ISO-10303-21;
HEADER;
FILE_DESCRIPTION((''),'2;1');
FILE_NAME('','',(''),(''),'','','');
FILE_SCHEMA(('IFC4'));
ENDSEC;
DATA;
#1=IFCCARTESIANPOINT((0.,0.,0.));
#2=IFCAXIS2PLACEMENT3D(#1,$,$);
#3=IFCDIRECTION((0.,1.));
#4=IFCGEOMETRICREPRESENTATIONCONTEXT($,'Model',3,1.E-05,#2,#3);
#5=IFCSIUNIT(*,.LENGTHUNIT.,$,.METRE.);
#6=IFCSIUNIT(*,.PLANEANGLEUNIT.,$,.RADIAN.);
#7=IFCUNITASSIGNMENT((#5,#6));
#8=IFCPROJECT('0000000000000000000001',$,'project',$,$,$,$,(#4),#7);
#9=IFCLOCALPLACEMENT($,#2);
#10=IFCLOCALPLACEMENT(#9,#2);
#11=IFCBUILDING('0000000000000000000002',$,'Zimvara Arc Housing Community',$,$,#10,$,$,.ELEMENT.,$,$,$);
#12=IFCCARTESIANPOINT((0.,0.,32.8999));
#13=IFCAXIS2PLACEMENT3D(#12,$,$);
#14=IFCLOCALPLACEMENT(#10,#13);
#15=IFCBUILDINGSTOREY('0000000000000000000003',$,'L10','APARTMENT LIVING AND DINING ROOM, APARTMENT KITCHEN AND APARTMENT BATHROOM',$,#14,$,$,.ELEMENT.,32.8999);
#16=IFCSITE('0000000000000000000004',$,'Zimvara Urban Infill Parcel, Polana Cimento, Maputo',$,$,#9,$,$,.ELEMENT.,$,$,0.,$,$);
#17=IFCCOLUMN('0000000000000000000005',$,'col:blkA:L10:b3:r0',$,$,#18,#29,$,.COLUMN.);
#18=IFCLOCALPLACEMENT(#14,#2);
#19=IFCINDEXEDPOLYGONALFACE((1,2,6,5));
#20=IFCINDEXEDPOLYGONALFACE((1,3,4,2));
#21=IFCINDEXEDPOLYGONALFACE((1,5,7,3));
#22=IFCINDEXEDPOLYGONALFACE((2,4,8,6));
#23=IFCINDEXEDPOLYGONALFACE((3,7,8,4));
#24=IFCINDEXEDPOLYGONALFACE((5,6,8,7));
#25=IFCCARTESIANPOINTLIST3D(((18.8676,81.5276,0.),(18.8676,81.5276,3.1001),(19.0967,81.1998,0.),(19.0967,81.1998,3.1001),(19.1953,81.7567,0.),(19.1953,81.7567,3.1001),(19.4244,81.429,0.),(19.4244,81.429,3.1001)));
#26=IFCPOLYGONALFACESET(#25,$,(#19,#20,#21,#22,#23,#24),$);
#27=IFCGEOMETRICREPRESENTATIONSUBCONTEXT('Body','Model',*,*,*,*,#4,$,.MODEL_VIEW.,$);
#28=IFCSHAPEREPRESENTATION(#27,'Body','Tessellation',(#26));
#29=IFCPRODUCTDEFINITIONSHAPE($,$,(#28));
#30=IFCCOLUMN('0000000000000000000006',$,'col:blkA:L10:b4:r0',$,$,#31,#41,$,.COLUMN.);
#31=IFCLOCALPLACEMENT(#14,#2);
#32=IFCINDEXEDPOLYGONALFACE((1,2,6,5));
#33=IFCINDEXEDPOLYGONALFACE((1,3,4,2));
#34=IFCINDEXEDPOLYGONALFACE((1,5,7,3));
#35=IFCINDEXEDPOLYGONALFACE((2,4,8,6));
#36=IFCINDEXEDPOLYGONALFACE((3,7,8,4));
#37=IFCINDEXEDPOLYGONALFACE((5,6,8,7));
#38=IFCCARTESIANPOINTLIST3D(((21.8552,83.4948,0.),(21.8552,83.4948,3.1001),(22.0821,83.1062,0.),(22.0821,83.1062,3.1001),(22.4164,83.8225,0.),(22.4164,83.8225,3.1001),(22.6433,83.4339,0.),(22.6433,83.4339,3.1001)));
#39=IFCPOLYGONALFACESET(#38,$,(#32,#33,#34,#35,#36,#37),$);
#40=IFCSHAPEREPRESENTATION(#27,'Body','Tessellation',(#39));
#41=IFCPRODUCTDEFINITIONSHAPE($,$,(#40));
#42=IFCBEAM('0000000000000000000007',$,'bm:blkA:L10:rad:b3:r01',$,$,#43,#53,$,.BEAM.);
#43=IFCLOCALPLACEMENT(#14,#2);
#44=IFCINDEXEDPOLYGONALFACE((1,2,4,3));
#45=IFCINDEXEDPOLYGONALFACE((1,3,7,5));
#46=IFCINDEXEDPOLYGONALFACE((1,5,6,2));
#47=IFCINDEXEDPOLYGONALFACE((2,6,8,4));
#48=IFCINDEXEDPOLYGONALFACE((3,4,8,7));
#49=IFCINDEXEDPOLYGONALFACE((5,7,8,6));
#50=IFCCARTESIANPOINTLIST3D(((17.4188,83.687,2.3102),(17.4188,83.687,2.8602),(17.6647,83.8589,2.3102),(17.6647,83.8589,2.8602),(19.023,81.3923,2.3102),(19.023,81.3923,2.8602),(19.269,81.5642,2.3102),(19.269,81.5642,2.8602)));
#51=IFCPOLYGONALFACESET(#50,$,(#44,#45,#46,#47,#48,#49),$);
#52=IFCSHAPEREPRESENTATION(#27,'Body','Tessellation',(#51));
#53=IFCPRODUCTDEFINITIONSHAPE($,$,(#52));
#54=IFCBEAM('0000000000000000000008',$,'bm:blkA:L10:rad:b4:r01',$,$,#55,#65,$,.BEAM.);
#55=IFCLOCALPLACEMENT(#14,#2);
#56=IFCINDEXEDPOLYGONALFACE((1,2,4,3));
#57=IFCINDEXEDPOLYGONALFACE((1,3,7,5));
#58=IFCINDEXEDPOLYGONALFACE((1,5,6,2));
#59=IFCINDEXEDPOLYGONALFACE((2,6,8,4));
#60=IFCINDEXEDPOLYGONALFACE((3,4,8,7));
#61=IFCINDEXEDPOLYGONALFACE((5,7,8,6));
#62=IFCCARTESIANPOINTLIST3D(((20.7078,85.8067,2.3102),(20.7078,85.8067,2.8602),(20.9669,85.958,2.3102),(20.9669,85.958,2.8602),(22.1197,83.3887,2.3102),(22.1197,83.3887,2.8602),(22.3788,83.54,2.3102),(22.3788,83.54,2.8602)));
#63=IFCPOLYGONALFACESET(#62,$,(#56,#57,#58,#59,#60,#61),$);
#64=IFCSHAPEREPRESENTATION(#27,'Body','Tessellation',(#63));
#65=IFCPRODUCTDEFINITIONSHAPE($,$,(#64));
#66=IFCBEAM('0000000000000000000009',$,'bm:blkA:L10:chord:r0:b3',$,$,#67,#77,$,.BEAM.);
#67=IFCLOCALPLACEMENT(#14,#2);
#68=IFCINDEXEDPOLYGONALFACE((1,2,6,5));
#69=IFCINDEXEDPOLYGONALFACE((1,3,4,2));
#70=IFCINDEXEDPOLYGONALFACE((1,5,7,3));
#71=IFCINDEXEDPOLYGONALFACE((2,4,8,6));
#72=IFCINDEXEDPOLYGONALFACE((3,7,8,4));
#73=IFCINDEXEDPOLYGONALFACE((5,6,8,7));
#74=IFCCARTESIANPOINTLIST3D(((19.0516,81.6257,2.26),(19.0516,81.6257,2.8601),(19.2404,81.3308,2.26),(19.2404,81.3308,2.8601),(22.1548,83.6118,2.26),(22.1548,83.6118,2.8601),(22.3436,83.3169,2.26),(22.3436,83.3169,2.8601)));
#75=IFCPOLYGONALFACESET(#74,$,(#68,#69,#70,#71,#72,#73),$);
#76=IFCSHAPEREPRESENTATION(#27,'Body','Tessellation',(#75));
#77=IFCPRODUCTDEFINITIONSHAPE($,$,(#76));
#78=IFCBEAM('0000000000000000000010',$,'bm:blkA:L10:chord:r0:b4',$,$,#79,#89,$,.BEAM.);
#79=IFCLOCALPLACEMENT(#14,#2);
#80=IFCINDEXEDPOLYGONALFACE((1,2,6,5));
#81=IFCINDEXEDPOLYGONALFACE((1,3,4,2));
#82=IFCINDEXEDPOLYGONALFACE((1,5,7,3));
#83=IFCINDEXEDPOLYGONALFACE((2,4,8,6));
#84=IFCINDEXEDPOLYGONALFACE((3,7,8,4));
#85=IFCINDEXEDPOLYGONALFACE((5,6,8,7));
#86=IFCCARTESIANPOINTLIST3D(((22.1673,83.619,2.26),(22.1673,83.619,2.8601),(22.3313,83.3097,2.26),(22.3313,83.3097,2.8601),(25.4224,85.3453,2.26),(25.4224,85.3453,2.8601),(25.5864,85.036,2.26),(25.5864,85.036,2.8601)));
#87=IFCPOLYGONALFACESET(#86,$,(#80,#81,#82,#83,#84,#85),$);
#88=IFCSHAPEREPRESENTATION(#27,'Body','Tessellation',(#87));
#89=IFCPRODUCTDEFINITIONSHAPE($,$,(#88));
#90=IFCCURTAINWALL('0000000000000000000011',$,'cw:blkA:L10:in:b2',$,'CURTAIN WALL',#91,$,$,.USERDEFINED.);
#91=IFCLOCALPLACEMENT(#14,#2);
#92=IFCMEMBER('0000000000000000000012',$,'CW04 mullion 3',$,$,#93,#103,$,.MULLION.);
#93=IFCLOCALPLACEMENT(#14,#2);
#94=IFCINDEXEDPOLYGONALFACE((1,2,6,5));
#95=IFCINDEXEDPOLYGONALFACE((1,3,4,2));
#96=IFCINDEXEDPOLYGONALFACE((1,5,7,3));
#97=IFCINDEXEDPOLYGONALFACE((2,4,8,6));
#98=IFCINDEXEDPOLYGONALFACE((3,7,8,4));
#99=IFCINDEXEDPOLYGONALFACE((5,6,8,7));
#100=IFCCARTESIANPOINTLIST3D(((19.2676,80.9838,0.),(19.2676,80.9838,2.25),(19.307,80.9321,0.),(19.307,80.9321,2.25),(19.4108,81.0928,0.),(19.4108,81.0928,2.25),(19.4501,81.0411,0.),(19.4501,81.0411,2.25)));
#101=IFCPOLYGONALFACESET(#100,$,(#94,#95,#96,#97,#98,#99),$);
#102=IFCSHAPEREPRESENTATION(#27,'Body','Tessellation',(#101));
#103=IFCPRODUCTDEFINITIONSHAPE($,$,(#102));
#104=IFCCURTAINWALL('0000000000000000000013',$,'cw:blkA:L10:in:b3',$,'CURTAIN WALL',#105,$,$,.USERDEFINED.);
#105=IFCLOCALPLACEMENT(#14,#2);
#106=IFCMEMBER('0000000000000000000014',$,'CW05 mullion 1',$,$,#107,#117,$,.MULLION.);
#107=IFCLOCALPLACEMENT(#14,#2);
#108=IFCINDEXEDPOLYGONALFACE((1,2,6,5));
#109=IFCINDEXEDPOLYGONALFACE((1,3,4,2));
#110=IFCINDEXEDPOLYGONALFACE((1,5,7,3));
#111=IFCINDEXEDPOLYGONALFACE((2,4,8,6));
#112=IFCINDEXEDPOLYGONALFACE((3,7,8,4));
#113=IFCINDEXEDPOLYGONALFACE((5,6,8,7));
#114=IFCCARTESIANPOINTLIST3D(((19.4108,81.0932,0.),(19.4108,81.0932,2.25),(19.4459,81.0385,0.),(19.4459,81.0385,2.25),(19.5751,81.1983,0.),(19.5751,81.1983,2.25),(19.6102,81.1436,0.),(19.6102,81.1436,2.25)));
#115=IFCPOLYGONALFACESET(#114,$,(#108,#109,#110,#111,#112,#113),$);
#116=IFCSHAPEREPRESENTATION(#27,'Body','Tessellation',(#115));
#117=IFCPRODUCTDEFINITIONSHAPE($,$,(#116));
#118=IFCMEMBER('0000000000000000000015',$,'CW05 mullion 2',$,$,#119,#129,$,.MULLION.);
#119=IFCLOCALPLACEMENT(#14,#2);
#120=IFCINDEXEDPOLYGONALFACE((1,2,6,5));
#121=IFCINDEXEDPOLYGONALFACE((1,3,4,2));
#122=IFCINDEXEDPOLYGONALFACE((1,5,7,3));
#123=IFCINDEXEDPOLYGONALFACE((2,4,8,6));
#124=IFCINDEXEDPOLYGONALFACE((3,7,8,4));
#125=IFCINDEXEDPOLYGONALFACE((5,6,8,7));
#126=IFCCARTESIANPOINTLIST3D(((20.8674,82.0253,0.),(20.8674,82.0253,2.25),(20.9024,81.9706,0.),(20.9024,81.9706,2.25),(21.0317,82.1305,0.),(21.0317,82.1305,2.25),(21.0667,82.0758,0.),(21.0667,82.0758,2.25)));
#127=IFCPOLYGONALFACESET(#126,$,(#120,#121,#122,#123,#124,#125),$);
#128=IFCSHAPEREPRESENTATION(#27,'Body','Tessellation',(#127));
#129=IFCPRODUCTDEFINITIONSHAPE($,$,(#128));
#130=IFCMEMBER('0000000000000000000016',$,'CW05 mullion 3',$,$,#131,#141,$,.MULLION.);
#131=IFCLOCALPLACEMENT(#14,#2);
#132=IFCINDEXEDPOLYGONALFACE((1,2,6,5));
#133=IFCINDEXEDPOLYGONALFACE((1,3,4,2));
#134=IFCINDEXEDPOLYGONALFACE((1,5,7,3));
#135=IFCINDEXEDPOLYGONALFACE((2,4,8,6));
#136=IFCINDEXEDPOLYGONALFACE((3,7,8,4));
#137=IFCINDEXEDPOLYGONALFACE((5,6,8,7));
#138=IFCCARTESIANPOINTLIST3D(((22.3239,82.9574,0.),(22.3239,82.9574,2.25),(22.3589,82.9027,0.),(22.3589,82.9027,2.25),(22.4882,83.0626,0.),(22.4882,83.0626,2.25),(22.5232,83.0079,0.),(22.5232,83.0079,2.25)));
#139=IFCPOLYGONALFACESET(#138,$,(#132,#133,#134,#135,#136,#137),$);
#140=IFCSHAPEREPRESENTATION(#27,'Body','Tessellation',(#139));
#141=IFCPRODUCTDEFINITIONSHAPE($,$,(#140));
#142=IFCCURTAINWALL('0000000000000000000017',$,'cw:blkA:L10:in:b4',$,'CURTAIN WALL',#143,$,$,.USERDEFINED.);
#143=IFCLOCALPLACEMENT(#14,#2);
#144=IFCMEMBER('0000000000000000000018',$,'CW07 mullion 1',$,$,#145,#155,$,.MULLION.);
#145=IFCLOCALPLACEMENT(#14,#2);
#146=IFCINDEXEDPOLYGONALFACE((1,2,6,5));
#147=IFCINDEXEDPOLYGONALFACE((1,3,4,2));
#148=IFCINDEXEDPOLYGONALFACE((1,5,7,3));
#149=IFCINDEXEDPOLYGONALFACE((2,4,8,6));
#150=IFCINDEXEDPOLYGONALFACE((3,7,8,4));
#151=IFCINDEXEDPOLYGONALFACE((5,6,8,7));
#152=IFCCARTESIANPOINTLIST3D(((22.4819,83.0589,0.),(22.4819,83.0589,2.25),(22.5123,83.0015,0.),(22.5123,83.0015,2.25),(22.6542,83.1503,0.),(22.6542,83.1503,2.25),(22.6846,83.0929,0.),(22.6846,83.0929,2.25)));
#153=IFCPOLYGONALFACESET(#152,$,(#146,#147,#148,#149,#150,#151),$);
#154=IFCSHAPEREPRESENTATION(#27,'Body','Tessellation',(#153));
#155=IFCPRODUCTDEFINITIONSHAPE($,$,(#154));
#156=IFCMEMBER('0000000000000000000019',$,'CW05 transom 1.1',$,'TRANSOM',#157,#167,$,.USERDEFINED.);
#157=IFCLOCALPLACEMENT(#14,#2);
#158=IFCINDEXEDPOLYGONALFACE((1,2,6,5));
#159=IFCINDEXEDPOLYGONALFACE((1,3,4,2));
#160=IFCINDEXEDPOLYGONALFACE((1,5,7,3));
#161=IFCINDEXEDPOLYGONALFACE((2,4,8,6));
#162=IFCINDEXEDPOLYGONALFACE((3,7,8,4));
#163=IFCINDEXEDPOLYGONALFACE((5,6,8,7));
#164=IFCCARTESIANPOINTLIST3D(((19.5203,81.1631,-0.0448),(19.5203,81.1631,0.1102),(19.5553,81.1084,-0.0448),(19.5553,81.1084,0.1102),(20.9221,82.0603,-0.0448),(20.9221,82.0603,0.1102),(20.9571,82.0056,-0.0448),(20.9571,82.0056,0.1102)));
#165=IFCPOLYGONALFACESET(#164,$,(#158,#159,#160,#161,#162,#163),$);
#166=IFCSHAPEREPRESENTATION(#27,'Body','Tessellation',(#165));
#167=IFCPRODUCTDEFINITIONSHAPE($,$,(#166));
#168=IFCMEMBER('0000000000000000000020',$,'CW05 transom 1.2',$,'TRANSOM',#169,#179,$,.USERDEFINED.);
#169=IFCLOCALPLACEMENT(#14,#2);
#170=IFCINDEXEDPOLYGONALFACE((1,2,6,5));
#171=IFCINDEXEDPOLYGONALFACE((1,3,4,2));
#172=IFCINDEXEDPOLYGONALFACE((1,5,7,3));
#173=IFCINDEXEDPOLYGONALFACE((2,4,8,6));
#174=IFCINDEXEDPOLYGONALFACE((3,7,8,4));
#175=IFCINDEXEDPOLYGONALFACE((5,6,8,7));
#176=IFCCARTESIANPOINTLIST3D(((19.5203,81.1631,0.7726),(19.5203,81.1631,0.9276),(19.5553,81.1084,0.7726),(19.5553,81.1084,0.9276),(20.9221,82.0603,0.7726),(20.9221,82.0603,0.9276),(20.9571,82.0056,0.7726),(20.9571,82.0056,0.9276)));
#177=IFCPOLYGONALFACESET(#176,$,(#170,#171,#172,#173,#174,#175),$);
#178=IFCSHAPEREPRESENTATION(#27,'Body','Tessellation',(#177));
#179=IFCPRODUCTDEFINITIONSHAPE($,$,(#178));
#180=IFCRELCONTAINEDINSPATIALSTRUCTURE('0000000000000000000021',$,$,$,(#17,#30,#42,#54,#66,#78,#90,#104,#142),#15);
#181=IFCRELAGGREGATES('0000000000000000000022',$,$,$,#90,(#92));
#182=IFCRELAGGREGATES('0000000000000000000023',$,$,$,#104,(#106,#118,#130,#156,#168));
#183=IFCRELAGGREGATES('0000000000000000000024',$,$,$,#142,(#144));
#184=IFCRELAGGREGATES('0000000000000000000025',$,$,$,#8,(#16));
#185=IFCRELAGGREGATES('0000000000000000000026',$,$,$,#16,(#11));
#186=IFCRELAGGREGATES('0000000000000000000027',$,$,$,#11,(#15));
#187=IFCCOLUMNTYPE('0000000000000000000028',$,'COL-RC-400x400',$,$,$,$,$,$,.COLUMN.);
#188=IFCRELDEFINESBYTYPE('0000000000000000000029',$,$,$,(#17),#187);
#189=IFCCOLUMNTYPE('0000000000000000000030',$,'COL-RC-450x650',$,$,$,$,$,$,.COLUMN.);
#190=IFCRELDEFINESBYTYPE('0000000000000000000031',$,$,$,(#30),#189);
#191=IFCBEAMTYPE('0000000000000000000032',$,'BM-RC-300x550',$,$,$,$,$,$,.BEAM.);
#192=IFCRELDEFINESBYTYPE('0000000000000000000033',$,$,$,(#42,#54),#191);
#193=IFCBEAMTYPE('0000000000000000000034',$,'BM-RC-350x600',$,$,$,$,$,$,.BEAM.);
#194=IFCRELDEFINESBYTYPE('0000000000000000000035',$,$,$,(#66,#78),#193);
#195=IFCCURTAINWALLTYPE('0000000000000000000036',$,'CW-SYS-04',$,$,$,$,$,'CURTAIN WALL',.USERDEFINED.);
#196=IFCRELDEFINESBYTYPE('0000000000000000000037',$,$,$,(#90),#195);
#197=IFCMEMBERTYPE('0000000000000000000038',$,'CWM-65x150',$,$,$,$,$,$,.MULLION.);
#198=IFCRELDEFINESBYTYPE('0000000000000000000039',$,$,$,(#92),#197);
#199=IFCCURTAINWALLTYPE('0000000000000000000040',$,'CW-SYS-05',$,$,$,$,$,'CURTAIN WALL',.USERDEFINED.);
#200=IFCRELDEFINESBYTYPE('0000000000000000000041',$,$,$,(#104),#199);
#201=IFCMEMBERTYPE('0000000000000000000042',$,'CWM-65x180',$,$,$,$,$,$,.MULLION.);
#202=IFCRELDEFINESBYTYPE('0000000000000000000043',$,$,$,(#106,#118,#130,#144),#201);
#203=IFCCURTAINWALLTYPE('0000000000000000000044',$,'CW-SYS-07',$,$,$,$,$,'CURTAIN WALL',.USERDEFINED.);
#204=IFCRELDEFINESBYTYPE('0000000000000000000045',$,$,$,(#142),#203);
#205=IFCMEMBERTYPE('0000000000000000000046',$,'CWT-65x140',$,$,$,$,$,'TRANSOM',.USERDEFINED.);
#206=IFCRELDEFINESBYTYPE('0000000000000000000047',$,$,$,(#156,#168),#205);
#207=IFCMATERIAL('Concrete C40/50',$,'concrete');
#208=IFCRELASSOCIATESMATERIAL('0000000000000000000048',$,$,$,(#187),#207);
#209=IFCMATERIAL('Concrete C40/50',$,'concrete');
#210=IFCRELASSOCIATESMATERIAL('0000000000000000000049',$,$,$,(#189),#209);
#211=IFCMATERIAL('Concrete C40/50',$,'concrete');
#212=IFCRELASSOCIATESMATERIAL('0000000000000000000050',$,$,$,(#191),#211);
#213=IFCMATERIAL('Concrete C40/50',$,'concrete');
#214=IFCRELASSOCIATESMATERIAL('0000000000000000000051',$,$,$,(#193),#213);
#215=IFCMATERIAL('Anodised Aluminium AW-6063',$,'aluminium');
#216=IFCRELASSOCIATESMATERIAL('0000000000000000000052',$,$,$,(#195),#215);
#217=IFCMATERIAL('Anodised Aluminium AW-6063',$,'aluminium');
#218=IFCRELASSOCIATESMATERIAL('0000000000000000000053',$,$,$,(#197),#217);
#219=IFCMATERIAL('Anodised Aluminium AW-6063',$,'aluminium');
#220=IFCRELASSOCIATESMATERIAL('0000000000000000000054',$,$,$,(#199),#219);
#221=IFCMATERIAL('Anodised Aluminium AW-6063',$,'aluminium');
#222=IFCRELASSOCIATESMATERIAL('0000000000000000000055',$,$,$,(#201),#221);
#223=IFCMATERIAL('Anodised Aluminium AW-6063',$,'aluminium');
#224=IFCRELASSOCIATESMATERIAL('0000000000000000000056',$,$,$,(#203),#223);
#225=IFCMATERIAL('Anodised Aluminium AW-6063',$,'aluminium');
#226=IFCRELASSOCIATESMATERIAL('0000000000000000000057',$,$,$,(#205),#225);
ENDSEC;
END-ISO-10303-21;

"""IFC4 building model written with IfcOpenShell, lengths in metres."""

from ifc_helpers import new_model, si_unit, direction, frame, origin, origin_2d, place, context, subcontext, project, spatial, rectangle, extrude, material, material_profile, profile_set, type_object, element, aggregate, save


model = new_model("IFC4")

# Units and contexts
model_context = context("Model", 3, precision=1e-05, world=origin(), true_north=direction((0.0, 1.0)))
body_context = subcontext(model_context, "Body", "Model", "MODEL_VIEW")
ifc_project = project(units=[si_unit("LENGTHUNIT", "METRE"), si_unit("PLANEANGLEUNIT", "RADIAN")], contexts=[model_context])

# Site, building, storey
site_placement = place(None, origin())
site = spatial("IfcSite", under=ifc_project, at=site_placement, Name="Zimvara Urban Infill Parcel, Polana Cimento, Maputo", CompositionType="ELEMENT", RefElevation=0.0)
building_placement = place(site_placement, origin())
building = spatial("IfcBuilding", under=site, at=building_placement, Name="Zimvara Arc Housing Community", CompositionType="ELEMENT")
storey_placement = place(building_placement, frame((0.0, 0.0, 32.8999)))
storey = spatial("IfcBuildingStorey", under=building, at=storey_placement, Name="L10", Description="APARTMENT LIVING AND DINING ROOM, APARTMENT KITCHEN AND APARTMENT BATHROOM", CompositionType="ELEMENT", Elevation=32.8999)

# Columns
ifc_material_1 = material(Name="Concrete C40/50", Category="concrete")
ifc_material_profile_1 = material_profile(ifc_material_1, rectangle(XDim=0.3999, YDim=0.3999, at=origin_2d()), Name="RC 400x400")
ifc_profile_set_1 = profile_set([ifc_material_profile_1], Name="Concrete C40/50")
column_type_1 = type_object("IfcColumnType", Name="COL-RC-400x400", PredefinedType="COLUMN", material=ifc_profile_set_1)
column_1_placement = place(storey_placement, frame((19.146, 81.4783, 0.0), z_axis=(0.0, 0.0, 1.0), x_axis=(-0.573004, 0.819552, 0.0)))
element("IfcColumn", 1, at=column_1_placement, inside=storey, type_object=column_type_1, Name="col:blkA:L10:b3:r0", PredefinedType="COLUMN", context=body_context, shape_type="SweptSolid", body=[
    extrude(rectangle(XDim=0.3999, YDim=0.3999, at=origin_2d()), origin(), (0.0, 0.0, 1.0), 3.1001),
])
ifc_material_2 = material(Name="Concrete C40/50", Category="concrete")
ifc_material_profile_2 = material_profile(ifc_material_2, rectangle(XDim=0.45, YDim=0.6499, at=origin_2d()), Name="RC 450x650")
ifc_profile_set_2 = profile_set([ifc_material_profile_2], Name="Concrete C40/50")
column_type_2 = type_object("IfcColumnType", Name="COL-RC-450x650", PredefinedType="COLUMN", material=ifc_profile_set_2)
column_2_placement = place(storey_placement, frame((22.2493, 83.4644, 0.0), z_axis=(0.0, 0.0, 1.0), x_axis=(-0.504226, 0.863572, 0.0)))
element("IfcColumn", 2, at=column_2_placement, inside=storey, type_object=column_type_2, Name="col:blkA:L10:b4:r0", PredefinedType="COLUMN", context=body_context, shape_type="SweptSolid", body=[
    extrude(rectangle(XDim=0.45, YDim=0.6499, at=origin_2d()), origin(), (0.0, 0.0, 1.0), 3.1001),
])

# Beams
ifc_material_3 = material(Name="Concrete C40/50", Category="concrete")
ifc_material_profile_3 = material_profile(ifc_material_3, rectangle(XDim=0.3, YDim=0.55, at=origin_2d()), Name="RC 300x550")
ifc_profile_set_3 = profile_set([ifc_material_profile_3], Name="Concrete C40/50")
beam_type_1 = type_object("IfcBeamType", Name="BM-RC-300x550", PredefinedType="BEAM", material=ifc_profile_set_3)
beam_1_placement = place(storey_placement, frame((19.146, 81.4783, 2.5852), z_axis=(-0.572977, 0.819572, 0.0), x_axis=(-0.819572, -0.572977, 0.0)))
element("IfcBeam", 3, at=beam_1_placement, inside=storey, type_object=beam_type_1, Name="bm:blkA:L10:rad:b3:r01", PredefinedType="BEAM", context=body_context, shape_type="SweptSolid", body=[
    extrude(rectangle(XDim=0.3, YDim=0.55, at=origin_2d()), origin(), (0.0, 0.0, 1.0), 2.7998),
])
beam_2_placement = place(storey_placement, frame((22.2493, 83.4644, 2.5852), z_axis=(-0.50424, 0.863564, 0.0), x_axis=(-0.863564, -0.50424, 0.0)))
element("IfcBeam", 4, at=beam_2_placement, inside=storey, type_object=beam_type_1, Name="bm:blkA:L10:rad:b4:r01", PredefinedType="BEAM", context=body_context, shape_type="SweptSolid", body=[
    extrude(rectangle(XDim=0.3, YDim=0.55, at=origin_2d()), origin(), (0.0, 0.0, 1.0), 2.8),
])
ifc_material_4 = material(Name="Concrete C40/50", Category="concrete")
ifc_material_profile_4 = material_profile(ifc_material_4, rectangle(XDim=0.3501, YDim=0.6001, at=origin_2d()), Name="RC 350x600")
ifc_profile_set_4 = profile_set([ifc_material_profile_4], Name="Concrete C40/50")
beam_type_2 = type_object("IfcBeamType", Name="BM-RC-350x600", PredefinedType="BEAM", material=ifc_profile_set_4)
beam_3_placement = place(storey_placement, frame((19.146, 81.4783, 2.5601), z_axis=(0.842273, 0.539052, 0.0), x_axis=(-0.539052, 0.842273, 0.0)))
element("IfcBeam", 5, at=beam_3_placement, inside=storey, type_object=beam_type_2, Name="bm:blkA:L10:chord:r0:b3", PredefinedType="BEAM", context=body_context, shape_type="SweptSolid", body=[
    extrude(rectangle(XDim=0.3501, YDim=0.6001, at=origin_2d()), origin(), (0.0, 0.0, 1.0), 3.6843),
])
beam_4_placement = place(storey_placement, frame((22.2493, 83.4644, 2.5601), z_axis=(0.883449, 0.468527, 0.0), x_axis=(-0.468527, 0.883449, 0.0)))
element("IfcBeam", 6, at=beam_4_placement, inside=storey, type_object=beam_type_2, Name="bm:blkA:L10:chord:r0:b4", PredefinedType="BEAM", context=body_context, shape_type="SweptSolid", body=[
    extrude(rectangle(XDim=0.3501, YDim=0.6001, at=origin_2d()), origin(), (0.0, 0.0, 1.0), 3.6846),
])

# Curtain wall, member
ifc_material_5 = material(Name="Anodised Aluminium AW-6063", Category="aluminium")
curtain_wall_type_1 = type_object("IfcCurtainWallType", Name="CW-SYS-04", ElementType="CURTAIN WALL", PredefinedType="USERDEFINED", material=ifc_material_5)
curtain_wall_1_placement = place(storey_placement, origin())
curtain_wall_1 = element("IfcCurtainWall", 7, at=curtain_wall_1_placement, inside=storey, type_object=curtain_wall_type_1, Name="cw:blkA:L10:in:b2", ObjectType="CURTAIN WALL", PredefinedType="USERDEFINED")
ifc_material_6 = material(Name="Anodised Aluminium AW-6063", Category="aluminium")
ifc_material_profile_5 = material_profile(ifc_material_6, rectangle(XDim=0.0649, YDim=0.1799, at=origin_2d()), Name="ALU 65x180")
ifc_profile_set_5 = profile_set([ifc_material_profile_5], Name="Anodised Aluminium AW-6063")
member_type_1 = type_object("IfcMemberType", Name="CWM-65x150", PredefinedType="MULLION", material=ifc_profile_set_5)
member_1_placement = place(storey_placement, frame((19.3589, 81.0125, 0.0), z_axis=(0.0, 0.0, 1.0), x_axis=(-0.605988, 0.795474, 0.0)))
member_1 = element("IfcMember", 8, at=member_1_placement, type_object=member_type_1, Name="CW04 mullion 3", PredefinedType="MULLION", context=body_context, shape_type="SweptSolid", body=[
    extrude(rectangle(XDim=0.0649, YDim=0.1799, at=origin_2d()), origin(), (0.0, 0.0, 1.0), 2.25),
])

# Curtain wall, members
ifc_material_7 = material(Name="Anodised Aluminium AW-6063", Category="aluminium")
curtain_wall_type_2 = type_object("IfcCurtainWallType", Name="CW-SYS-05", ElementType="CURTAIN WALL", PredefinedType="USERDEFINED", material=ifc_material_7)
curtain_wall_2_placement = place(storey_placement, origin())
curtain_wall_2 = element("IfcCurtainWall", 9, at=curtain_wall_2_placement, inside=storey, type_object=curtain_wall_type_2, Name="cw:blkA:L10:in:b3", ObjectType="CURTAIN WALL", PredefinedType="USERDEFINED")
ifc_material_8 = material(Name="Anodised Aluminium AW-6063", Category="aluminium")
ifc_material_profile_6 = material_profile(ifc_material_8, rectangle(XDim=0.0649, YDim=0.1951, at=origin_2d()), Name="ALU 65x195")
ifc_profile_set_6 = profile_set([ifc_material_profile_6], Name="Anodised Aluminium AW-6063")
member_type_2 = type_object("IfcMemberType", Name="CWM-65x180", PredefinedType="MULLION", material=ifc_profile_set_6)
member_2_placement = place(storey_placement, frame((19.5105, 81.1184, 0.0), z_axis=(0.0, 0.0, 1.0), x_axis=(-0.539064, 0.842265, 0.0)))
member_2 = element("IfcMember", 10, at=member_2_placement, type_object=member_type_2, Name="CW05 mullion 1", PredefinedType="MULLION", context=body_context, shape_type="SweptSolid", body=[
    extrude(rectangle(XDim=0.0649, YDim=0.1951, at=origin_2d()), origin(), (0.0, 0.0, 1.0), 2.25),
])
member_3_placement = place(storey_placement, frame((20.967, 82.0505, 0.0), z_axis=(0.0, 0.0, 1.0), x_axis=(-0.539064, 0.842265, 0.0)))
member_3 = element("IfcMember", 11, at=member_3_placement, type_object=member_type_2, Name="CW05 mullion 2", PredefinedType="MULLION", context=body_context, shape_type="SweptSolid", body=[
    extrude(rectangle(XDim=0.0649, YDim=0.1951, at=origin_2d()), origin(), (0.0, 0.0, 1.0), 2.25),
])
member_4_placement = place(storey_placement, frame((22.4236, 82.9827, 0.0), z_axis=(0.0, 0.0, 1.0), x_axis=(-0.539064, 0.842265, 0.0)))
member_4 = element("IfcMember", 12, at=member_4_placement, type_object=member_type_2, Name="CW05 mullion 3", PredefinedType="MULLION", context=body_context, shape_type="SweptSolid", body=[
    extrude(rectangle(XDim=0.0649, YDim=0.1951, at=origin_2d()), origin(), (0.0, 0.0, 1.0), 2.25),
])

# Curtain wall, member
ifc_material_9 = material(Name="Anodised Aluminium AW-6063", Category="aluminium")
curtain_wall_type_3 = type_object("IfcCurtainWallType", Name="CW-SYS-07", ElementType="CURTAIN WALL", PredefinedType="USERDEFINED", material=ifc_material_9)
curtain_wall_3_placement = place(storey_placement, origin())
curtain_wall_3 = element("IfcCurtainWall", 13, at=curtain_wall_3_placement, inside=storey, type_object=curtain_wall_type_3, Name="cw:blkA:L10:in:b4", ObjectType="CURTAIN WALL", PredefinedType="USERDEFINED")
member_5_placement = place(storey_placement, frame((22.5833, 83.0759, 0.0), z_axis=(0.0, 0.0, 1.0), x_axis=(-0.468545, 0.88344, 0.0)))
member_5 = element("IfcMember", 14, at=member_5_placement, type_object=member_type_2, Name="CW07 mullion 1", PredefinedType="MULLION", context=body_context, shape_type="SweptSolid", body=[
    extrude(rectangle(XDim=0.0649, YDim=0.1951, at=origin_2d()), origin(), (0.0, 0.0, 1.0), 2.25),
])

# Members
ifc_material_10 = material(Name="Anodised Aluminium AW-6063", Category="aluminium")
ifc_material_profile_7 = material_profile(ifc_material_10, rectangle(XDim=0.0649, YDim=0.155, at=origin_2d()), Name="ALU 65x155")
ifc_profile_set_7 = profile_set([ifc_material_profile_7], Name="Anodised Aluminium AW-6063")
member_type_3 = type_object("IfcMemberType", Name="CWT-65x140", ElementType="TRANSOM", PredefinedType="USERDEFINED", material=ifc_profile_set_7)
member_6_placement = place(storey_placement, frame((19.5378, 81.1357, 0.0327), z_axis=(0.842263, 0.539066, 0.0), x_axis=(-0.539066, 0.842263, 0.0)))
member_6 = element("IfcMember", 15, at=member_6_placement, type_object=member_type_3, Name="CW05 transom 1.1", ObjectType="TRANSOM", PredefinedType="USERDEFINED", context=body_context, shape_type="SweptSolid", body=[
    extrude(rectangle(XDim=0.0649, YDim=0.155, at=origin_2d()), origin(), (0.0, 0.0, 1.0), 1.6643),
])
member_7_placement = place(storey_placement, frame((19.5378, 81.1357, 0.8501), z_axis=(0.842263, 0.539066, 0.0), x_axis=(-0.539066, 0.842263, 0.0)))
member_7 = element("IfcMember", 16, at=member_7_placement, type_object=member_type_3, Name="CW05 transom 1.2", ObjectType="TRANSOM", PredefinedType="USERDEFINED", context=body_context, shape_type="SweptSolid", body=[
    extrude(rectangle(XDim=0.0649, YDim=0.155, at=origin_2d()), origin(), (0.0, 0.0, 1.0), 1.6643),
])

aggregate(curtain_wall_1, [member_1])
aggregate(curtain_wall_2, [member_2, member_3, member_4, member_6, member_7])
aggregate(curtain_wall_3, [member_5])

save(model, "model.ifc")
